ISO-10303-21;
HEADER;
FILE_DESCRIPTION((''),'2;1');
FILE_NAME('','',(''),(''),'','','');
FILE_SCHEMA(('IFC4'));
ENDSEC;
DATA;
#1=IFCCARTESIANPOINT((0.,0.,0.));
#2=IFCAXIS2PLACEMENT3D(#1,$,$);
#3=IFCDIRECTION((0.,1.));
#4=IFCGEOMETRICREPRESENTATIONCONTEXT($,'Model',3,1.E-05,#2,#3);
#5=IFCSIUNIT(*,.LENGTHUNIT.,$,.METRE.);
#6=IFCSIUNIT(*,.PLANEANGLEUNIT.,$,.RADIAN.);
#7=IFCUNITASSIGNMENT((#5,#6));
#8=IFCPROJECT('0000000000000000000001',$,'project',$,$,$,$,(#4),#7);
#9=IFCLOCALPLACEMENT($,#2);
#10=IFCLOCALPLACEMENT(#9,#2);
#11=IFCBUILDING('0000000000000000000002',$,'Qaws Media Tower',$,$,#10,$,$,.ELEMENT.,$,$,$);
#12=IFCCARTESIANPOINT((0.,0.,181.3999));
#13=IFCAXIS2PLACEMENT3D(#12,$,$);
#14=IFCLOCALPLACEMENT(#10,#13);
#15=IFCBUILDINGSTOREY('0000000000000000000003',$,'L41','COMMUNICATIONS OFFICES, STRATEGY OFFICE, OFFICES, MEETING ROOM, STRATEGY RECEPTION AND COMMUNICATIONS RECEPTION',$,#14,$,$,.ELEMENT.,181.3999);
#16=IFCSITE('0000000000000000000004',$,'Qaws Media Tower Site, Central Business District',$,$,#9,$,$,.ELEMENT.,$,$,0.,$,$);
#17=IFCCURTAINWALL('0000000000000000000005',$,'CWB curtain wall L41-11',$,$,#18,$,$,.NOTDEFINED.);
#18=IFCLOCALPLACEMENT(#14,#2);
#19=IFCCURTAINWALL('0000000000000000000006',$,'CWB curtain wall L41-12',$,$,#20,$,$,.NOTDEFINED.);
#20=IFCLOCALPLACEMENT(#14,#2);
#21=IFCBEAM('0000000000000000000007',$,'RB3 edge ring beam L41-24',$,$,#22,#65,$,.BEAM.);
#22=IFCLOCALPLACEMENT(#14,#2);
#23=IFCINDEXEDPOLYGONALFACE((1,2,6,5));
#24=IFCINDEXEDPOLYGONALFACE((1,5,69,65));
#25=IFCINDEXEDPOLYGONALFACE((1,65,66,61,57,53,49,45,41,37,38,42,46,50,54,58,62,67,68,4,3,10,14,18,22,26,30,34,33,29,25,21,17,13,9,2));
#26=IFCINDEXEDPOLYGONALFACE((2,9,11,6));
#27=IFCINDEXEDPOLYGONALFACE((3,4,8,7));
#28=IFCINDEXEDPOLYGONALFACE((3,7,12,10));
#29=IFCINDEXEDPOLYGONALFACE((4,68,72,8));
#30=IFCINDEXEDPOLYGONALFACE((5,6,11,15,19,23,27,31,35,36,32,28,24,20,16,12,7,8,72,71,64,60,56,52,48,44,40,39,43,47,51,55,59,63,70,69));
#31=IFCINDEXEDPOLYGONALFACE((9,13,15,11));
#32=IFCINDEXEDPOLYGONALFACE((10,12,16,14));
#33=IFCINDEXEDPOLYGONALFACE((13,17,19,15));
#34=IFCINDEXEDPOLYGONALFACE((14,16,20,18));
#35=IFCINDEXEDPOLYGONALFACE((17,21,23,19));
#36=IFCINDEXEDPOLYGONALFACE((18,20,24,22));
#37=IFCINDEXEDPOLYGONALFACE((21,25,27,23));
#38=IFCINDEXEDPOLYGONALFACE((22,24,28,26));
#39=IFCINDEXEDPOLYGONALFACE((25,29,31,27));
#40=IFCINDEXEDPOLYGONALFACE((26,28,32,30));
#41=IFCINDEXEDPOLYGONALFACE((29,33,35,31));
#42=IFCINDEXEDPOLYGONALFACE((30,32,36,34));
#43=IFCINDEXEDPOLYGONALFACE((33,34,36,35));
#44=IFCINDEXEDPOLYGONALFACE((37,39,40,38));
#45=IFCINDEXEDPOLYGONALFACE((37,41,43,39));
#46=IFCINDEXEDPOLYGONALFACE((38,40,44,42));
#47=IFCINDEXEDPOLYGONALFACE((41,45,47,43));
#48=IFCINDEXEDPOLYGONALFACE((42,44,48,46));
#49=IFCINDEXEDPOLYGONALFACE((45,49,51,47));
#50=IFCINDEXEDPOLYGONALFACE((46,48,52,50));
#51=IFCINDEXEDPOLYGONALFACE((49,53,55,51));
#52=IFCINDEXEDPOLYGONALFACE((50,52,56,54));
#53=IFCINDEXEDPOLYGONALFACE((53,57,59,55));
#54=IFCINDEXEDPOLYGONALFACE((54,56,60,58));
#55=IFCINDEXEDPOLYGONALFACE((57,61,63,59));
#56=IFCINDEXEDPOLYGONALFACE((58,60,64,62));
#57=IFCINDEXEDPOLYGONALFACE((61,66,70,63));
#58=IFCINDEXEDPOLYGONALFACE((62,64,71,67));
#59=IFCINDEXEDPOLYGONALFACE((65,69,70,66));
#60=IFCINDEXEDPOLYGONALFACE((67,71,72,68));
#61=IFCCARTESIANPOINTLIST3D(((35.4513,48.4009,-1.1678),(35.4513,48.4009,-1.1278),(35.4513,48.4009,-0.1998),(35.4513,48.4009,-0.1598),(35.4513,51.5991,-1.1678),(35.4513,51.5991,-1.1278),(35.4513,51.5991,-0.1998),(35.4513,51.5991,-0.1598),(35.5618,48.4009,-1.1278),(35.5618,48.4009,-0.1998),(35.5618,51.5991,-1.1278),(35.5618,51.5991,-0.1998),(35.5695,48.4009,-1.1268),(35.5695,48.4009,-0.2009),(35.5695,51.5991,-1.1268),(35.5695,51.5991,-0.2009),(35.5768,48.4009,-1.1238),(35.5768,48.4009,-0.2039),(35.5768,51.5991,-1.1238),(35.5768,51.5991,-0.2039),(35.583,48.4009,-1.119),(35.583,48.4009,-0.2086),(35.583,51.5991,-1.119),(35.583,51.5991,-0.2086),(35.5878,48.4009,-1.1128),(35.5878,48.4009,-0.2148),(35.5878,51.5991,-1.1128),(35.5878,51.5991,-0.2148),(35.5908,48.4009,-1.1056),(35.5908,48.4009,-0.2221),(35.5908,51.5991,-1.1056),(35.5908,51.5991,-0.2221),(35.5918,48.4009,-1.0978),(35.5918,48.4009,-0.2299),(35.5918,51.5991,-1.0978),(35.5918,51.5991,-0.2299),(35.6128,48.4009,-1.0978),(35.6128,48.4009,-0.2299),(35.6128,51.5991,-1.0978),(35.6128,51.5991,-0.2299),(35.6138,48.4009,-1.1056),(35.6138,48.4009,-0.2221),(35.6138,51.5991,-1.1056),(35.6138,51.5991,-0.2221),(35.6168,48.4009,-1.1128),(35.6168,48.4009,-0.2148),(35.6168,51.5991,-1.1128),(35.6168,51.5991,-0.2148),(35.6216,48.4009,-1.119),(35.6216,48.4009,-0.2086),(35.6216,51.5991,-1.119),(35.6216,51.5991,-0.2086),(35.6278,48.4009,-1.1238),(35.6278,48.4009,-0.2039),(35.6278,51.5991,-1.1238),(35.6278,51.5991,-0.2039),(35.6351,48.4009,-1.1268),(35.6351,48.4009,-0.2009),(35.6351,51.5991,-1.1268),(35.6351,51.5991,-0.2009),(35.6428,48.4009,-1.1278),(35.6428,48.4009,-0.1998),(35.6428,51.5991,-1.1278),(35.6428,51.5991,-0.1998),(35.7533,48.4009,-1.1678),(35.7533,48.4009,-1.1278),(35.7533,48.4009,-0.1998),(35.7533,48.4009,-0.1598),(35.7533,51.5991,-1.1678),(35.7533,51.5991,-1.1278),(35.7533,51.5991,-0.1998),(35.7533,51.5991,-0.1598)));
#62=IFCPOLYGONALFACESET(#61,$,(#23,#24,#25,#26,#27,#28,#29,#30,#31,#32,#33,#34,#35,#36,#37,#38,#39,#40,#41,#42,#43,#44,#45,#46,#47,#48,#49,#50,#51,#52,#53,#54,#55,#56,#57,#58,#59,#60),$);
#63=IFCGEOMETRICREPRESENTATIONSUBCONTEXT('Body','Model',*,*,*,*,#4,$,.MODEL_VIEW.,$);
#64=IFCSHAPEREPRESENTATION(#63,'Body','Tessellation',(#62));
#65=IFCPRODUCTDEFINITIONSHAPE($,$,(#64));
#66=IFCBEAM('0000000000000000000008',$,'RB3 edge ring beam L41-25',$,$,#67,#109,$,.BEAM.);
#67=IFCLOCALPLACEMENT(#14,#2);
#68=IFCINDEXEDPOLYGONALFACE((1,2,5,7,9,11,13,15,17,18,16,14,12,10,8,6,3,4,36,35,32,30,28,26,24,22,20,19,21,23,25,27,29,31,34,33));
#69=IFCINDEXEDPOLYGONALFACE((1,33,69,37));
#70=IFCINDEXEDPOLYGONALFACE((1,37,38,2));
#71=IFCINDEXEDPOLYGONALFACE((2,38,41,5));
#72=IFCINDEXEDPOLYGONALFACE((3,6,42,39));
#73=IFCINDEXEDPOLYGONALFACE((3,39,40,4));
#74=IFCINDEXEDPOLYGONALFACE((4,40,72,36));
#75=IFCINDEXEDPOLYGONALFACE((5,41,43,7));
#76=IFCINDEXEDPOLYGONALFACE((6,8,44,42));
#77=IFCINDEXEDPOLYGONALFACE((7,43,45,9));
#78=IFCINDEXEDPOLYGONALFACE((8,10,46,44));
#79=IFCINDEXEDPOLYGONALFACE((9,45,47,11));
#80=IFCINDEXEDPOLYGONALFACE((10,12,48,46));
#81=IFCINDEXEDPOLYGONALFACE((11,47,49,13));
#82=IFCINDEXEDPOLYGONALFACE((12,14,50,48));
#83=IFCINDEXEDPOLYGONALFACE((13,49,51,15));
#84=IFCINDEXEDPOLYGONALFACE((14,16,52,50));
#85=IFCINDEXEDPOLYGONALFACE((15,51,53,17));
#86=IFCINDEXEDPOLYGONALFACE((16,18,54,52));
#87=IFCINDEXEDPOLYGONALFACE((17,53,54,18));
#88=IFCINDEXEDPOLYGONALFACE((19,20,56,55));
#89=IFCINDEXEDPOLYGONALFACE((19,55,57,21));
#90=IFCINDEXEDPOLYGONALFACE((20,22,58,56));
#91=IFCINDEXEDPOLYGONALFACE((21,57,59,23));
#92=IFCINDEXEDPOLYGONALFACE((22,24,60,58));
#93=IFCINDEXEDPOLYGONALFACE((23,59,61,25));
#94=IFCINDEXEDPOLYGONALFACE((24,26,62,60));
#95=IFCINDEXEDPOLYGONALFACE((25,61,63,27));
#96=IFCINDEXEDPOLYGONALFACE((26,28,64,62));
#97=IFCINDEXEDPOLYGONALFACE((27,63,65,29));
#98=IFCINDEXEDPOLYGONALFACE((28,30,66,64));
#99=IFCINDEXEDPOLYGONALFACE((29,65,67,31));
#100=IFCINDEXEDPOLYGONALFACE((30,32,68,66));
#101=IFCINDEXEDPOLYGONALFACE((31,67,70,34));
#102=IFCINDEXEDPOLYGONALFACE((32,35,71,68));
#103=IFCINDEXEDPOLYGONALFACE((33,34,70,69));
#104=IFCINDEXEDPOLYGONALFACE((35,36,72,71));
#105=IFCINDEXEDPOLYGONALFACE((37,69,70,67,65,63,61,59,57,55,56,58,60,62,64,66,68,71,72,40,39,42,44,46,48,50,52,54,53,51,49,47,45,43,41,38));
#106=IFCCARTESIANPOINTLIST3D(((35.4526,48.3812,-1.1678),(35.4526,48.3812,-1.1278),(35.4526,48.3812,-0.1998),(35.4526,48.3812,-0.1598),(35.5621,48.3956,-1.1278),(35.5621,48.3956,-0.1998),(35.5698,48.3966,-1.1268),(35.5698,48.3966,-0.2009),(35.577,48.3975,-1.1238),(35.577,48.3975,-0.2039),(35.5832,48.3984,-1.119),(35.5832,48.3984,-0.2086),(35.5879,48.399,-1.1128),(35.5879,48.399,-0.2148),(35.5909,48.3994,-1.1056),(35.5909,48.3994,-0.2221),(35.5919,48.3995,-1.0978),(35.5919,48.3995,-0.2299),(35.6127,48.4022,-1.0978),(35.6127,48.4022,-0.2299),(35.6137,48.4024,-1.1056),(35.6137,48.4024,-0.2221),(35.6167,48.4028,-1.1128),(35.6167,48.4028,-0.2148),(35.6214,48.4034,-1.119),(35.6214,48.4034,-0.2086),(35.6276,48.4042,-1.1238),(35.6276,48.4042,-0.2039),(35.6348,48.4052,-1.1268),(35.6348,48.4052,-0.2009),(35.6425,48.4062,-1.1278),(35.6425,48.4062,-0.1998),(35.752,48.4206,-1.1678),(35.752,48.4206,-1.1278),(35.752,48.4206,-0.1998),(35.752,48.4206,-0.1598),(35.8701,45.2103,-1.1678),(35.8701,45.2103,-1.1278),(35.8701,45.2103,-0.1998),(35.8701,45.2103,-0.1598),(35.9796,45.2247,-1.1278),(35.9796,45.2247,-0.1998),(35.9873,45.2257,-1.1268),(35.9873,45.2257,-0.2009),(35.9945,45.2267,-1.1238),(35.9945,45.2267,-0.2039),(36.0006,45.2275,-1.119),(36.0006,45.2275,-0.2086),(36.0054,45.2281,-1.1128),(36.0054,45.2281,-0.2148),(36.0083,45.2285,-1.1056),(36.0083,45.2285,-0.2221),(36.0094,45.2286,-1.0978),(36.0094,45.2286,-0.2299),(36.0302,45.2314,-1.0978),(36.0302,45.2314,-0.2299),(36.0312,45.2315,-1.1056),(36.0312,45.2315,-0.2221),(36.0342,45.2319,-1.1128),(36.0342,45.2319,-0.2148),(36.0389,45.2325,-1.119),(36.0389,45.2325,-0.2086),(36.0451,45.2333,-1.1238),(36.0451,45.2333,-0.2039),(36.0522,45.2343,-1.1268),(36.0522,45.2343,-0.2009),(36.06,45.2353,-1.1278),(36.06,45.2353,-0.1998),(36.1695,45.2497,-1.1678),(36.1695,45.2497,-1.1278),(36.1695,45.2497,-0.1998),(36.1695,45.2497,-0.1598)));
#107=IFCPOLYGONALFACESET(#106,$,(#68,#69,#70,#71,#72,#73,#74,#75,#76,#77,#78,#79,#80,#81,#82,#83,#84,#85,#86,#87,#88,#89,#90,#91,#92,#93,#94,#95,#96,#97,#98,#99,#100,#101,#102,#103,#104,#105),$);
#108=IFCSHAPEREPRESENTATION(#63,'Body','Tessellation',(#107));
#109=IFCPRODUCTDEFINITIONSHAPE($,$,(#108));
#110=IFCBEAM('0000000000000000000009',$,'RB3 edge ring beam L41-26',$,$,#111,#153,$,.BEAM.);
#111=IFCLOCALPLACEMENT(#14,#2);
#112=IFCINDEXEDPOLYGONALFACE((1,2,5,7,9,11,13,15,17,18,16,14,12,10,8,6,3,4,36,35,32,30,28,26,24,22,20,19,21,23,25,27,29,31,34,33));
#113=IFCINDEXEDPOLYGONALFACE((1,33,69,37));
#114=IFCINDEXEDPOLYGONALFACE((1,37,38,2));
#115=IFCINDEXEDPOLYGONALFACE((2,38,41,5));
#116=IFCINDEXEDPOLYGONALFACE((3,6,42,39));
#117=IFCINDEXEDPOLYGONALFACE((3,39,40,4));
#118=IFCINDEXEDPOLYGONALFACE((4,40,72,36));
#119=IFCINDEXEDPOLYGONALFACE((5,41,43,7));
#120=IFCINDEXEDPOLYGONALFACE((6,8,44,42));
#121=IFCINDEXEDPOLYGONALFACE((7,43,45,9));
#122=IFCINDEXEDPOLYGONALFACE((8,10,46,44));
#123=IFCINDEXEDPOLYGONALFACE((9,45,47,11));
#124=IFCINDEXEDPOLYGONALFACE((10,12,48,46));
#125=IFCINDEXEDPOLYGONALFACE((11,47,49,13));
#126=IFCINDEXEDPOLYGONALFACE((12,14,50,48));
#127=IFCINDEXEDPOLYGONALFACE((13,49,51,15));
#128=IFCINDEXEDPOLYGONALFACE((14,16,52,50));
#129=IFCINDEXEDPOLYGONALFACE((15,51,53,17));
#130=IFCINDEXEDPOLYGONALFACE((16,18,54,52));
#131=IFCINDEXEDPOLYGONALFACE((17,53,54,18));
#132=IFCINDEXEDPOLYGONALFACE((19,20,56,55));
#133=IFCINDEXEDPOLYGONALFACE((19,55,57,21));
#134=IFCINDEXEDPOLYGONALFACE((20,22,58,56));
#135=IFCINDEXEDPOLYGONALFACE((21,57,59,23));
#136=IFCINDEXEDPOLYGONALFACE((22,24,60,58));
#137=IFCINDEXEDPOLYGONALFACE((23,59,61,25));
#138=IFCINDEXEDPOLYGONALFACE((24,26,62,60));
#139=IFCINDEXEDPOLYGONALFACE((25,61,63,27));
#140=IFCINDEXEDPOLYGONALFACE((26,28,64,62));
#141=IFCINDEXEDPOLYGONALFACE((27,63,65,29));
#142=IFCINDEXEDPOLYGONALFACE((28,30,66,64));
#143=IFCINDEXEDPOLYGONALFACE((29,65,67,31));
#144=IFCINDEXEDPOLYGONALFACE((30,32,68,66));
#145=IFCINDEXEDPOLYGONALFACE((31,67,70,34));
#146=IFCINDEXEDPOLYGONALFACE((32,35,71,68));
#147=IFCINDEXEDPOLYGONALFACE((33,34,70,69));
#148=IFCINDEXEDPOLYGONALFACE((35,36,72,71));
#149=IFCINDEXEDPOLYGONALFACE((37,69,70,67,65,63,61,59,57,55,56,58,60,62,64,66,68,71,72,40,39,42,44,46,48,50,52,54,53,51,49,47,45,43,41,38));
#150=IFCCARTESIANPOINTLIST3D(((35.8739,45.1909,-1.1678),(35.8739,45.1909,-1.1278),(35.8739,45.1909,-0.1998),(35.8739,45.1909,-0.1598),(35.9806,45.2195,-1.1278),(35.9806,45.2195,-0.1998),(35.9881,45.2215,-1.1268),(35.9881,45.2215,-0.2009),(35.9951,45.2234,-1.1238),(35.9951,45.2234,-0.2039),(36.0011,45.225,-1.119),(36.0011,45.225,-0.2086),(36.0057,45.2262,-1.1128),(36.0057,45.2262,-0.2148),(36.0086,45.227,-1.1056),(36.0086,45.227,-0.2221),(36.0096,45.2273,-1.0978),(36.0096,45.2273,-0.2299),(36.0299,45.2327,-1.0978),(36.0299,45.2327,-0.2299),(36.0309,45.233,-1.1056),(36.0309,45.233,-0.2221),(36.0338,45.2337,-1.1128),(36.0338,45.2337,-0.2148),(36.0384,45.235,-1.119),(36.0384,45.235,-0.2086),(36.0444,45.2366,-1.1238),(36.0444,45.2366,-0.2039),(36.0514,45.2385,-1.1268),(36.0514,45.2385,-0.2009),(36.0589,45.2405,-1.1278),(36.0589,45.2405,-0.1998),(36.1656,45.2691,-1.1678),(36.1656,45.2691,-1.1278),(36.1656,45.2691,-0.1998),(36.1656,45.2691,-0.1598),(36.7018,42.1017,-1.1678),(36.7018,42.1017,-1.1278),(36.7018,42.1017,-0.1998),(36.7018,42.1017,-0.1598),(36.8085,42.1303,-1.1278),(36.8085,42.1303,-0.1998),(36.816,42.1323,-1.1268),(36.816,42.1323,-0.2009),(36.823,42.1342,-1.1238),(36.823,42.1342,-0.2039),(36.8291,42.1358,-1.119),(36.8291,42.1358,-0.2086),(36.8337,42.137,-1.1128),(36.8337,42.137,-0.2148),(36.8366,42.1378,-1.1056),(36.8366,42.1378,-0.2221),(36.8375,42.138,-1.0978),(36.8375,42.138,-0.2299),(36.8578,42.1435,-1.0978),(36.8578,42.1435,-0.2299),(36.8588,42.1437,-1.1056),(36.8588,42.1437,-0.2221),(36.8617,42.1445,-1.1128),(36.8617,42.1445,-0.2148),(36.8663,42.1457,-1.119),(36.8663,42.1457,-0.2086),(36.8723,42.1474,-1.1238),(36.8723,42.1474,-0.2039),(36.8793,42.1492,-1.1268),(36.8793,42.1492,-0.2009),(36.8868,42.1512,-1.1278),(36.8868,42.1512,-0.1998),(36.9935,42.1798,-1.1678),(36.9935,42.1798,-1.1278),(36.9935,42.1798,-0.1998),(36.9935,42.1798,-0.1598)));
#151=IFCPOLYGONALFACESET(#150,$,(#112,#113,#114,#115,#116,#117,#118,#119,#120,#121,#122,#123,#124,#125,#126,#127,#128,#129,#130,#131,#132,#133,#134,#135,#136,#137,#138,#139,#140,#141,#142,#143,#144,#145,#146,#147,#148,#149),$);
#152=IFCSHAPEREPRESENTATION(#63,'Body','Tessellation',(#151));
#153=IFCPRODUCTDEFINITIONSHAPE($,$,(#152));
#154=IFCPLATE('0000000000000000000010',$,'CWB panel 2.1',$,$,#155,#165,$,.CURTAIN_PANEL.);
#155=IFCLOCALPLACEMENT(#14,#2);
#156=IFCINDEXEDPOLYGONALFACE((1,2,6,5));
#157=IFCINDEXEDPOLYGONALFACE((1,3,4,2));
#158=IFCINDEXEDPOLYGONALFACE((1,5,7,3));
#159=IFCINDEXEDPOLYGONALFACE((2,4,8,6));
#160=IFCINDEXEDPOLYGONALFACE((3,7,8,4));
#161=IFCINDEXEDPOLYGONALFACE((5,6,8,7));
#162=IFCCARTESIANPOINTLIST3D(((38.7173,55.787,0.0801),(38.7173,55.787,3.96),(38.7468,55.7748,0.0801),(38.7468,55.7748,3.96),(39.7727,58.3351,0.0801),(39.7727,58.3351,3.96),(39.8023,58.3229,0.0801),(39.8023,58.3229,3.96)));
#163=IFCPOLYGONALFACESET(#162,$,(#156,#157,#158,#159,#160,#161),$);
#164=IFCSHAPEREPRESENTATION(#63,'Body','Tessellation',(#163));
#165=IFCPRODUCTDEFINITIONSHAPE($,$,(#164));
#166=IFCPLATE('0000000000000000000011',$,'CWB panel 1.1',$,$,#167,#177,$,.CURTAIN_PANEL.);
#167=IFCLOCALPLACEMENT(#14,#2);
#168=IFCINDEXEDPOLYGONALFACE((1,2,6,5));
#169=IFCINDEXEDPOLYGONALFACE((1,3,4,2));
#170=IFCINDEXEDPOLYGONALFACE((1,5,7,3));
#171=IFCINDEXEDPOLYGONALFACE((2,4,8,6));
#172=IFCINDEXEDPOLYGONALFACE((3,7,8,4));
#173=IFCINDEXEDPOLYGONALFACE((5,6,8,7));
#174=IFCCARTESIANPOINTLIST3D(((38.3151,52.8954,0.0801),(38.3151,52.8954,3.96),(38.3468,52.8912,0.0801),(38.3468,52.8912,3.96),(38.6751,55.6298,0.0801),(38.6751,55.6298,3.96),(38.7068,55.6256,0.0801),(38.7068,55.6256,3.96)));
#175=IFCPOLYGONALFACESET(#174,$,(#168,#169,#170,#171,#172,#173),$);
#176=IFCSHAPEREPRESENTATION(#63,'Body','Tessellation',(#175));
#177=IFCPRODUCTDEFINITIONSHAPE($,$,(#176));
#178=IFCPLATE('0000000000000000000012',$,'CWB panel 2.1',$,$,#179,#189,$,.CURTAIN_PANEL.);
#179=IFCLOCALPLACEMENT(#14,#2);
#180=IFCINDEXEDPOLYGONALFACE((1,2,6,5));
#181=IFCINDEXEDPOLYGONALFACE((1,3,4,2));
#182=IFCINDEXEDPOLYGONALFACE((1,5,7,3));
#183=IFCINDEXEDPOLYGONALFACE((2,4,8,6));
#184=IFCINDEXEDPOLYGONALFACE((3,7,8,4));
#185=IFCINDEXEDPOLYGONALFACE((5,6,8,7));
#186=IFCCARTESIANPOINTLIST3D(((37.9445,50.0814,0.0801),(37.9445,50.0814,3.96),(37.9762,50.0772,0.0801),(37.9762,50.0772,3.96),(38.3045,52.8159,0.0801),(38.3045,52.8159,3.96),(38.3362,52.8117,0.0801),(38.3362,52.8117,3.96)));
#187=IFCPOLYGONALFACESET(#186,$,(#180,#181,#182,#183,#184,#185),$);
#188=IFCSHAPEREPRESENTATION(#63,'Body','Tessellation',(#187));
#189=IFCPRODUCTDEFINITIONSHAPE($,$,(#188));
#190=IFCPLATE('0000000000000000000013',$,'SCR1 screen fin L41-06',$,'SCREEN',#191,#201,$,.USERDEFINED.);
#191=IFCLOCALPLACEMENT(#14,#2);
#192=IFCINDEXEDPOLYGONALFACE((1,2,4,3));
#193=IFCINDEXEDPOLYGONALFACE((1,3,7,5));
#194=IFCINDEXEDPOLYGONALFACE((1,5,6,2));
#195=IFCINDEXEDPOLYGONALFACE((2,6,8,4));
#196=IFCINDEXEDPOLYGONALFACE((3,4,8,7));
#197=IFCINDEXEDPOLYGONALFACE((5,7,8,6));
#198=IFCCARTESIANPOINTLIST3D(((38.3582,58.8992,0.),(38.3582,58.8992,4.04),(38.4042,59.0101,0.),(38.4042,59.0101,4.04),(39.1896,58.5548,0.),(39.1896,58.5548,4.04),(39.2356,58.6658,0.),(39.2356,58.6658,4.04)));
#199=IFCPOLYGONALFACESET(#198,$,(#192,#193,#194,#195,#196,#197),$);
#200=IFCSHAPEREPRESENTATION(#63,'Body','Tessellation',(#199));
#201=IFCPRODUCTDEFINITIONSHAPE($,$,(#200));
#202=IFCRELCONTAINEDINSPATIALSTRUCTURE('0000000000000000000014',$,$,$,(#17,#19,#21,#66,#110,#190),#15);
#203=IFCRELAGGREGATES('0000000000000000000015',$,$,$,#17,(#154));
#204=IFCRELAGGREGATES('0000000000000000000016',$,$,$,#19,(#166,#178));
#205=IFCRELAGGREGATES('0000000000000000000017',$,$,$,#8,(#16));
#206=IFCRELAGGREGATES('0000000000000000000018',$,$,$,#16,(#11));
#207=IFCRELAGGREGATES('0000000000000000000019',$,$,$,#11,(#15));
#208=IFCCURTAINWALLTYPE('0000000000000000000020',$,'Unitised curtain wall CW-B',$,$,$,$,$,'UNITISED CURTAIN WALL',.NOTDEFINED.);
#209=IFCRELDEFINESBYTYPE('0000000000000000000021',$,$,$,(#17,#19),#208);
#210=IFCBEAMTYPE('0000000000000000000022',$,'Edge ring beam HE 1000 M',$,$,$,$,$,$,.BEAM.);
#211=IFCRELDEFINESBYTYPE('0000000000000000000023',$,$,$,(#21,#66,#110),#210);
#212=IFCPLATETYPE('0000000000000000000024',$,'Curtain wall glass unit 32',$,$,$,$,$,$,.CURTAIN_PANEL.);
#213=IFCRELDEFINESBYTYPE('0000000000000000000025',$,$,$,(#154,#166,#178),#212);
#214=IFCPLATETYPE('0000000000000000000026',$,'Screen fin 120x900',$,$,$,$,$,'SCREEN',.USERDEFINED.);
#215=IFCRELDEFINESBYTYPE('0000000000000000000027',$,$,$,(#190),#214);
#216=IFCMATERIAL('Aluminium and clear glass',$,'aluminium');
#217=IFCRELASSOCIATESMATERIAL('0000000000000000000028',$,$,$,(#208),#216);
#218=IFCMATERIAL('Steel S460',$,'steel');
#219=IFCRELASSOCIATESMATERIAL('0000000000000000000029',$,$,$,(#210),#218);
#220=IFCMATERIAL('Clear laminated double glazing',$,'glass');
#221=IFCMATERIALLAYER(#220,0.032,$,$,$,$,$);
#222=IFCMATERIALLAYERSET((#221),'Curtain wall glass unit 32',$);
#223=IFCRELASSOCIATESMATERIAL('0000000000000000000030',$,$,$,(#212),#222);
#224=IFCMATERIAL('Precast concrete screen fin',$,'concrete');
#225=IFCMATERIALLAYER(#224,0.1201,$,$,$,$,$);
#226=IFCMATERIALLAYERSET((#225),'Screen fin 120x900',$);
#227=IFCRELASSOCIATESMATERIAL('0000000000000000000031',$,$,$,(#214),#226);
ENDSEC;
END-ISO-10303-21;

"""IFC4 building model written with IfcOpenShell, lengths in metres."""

from ifc_helpers import new_model, si_unit, direction, frame, origin, origin_2d, place, context, subcontext, project, spatial, rectangle, i_section, extrude, material, layer, layer_set, material_profile, profile_set, type_object, element, aggregate, save


model = new_model("IFC4")

# Units and contexts
model_context = context("Model", 3, precision=1e-05, world=origin(), true_north=direction((0.0, 1.0)))
body_context = subcontext(model_context, "Body", "Model", "MODEL_VIEW")
ifc_project = project(units=[si_unit("LENGTHUNIT", "METRE"), si_unit("PLANEANGLEUNIT", "RADIAN")], contexts=[model_context])

# Site, building, storey
site_placement = place(None, origin())
site = spatial("IfcSite", under=ifc_project, at=site_placement, Name="Qaws Media Tower Site, Central Business District", CompositionType="ELEMENT", RefElevation=0.0)
building_placement = place(site_placement, origin())
building = spatial("IfcBuilding", under=site, at=building_placement, Name="Qaws Media Tower", CompositionType="ELEMENT")
storey_placement = place(building_placement, frame((0.0, 0.0, 181.3999)))
storey = spatial("IfcBuildingStorey", under=building, at=storey_placement, Name="L41", Description="COMMUNICATIONS OFFICES, STRATEGY OFFICE, OFFICES, MEETING ROOM, STRATEGY RECEPTION AND COMMUNICATIONS RECEPTION", CompositionType="ELEMENT", Elevation=181.3999)

# Curtain walls
ifc_material_1 = material(Name="Aluminium and clear glass", Category="aluminium")
curtain_wall_type = type_object("IfcCurtainWallType", Name="Unitised curtain wall CW-B", ElementType="UNITISED CURTAIN WALL", PredefinedType="NOTDEFINED", material=ifc_material_1)
curtain_wall_1_placement = place(storey_placement, origin())
curtain_wall_1 = element("IfcCurtainWall", 1, at=curtain_wall_1_placement, inside=storey, type_object=curtain_wall_type, Name="CWB curtain wall L41-11", PredefinedType="NOTDEFINED")
curtain_wall_2_placement = place(storey_placement, origin())
curtain_wall_2 = element("IfcCurtainWall", 2, at=curtain_wall_2_placement, inside=storey, type_object=curtain_wall_type, Name="CWB curtain wall L41-12", PredefinedType="NOTDEFINED")

# Beams
ifc_material_2 = material(Name="Steel S460", Category="steel")
ifc_material_profile_1 = material_profile(ifc_material_2, i_section(OverallWidth=0.302, OverallDepth=1.0081, WebThickness=0.021, FlangeThickness=0.04, FilletRadius=0.03, at=origin_2d()), Name="HE 1000 M")
ifc_profile_set_1 = profile_set([ifc_material_profile_1], Name="Steel S460")
beam_type = type_object("IfcBeamType", Name="Edge ring beam HE 1000 M", PredefinedType="BEAM", material=ifc_profile_set_1)
for number, where, z_axis, x_axis, name in (
    (3, (35.6023, 51.5991, -0.6638), (0.0, -1.0, 0.0), (1.0, 0.0, 0.0), "RB3 edge ring beam L41-24"),
    (4, (35.6023, 48.4009, -0.6638), (0.130533, -0.991444, 0.0), (0.991444, 0.130533, 0.0), "RB3 edge ring beam L41-25"),
    (5, (36.0198, 45.23, -0.6638), (0.258865, -0.965914, 0.0), (0.965914, 0.258865, 0.0), "RB3 edge ring beam L41-26"),
):
    element("IfcBeam", number, at=place(storey_placement, frame(where, z_axis=z_axis, x_axis=x_axis)), inside=storey, type_object=beam_type, Name=name, PredefinedType="BEAM", context=body_context, shape_type="SweptSolid", body=[
        extrude(i_section(OverallWidth=0.302, OverallDepth=1.0081, WebThickness=0.021, FlangeThickness=0.04, FilletRadius=0.03, at=origin_2d()), origin(), (0.0, 0.0, 1.0), 3.1982),
    ])

# Plates
ifc_material_3 = material(Name="Clear laminated double glazing", Category="glass")
ifc_layer_1 = layer(ifc_material_3, 0.032)
ifc_layer_set_1 = layer_set([ifc_layer_1], Name="Curtain wall glass unit 32")
plate_type_1 = type_object("IfcPlateType", Name="Curtain wall glass unit 32", PredefinedType="CURTAIN_PANEL", material=ifc_layer_set_1)
plate_1_placement = place(storey_placement, frame((39.2598, 57.0549, 0.0801), z_axis=(0.0, 0.0, 1.0), x_axis=(-0.382683, -0.92388, 0.0)))
plate_1 = element("IfcPlate", 6, at=plate_1_placement, type_object=plate_type_1, Name="CWB panel 2.1", PredefinedType="CURTAIN_PANEL", context=body_context, shape_type="SweptSolid", body=[
    extrude(rectangle(XDim=2.7581, YDim=0.032, at=origin_2d()), origin(), (0.0, 0.0, 1.0), 3.8799),
])
aggregate(curtain_wall_1, [plate_1])
plate_2_placement = place(storey_placement, frame((38.511, 54.2605, 0.0801), z_axis=(0.0, 0.0, 1.0), x_axis=(-0.130526, -0.991445, 0.0)))
plate_2 = element("IfcPlate", 7, at=plate_2_placement, type_object=plate_type_1, Name="CWB panel 1.1", PredefinedType="CURTAIN_PANEL", context=body_context, shape_type="SweptSolid", body=[
    extrude(rectangle(XDim=2.7581, YDim=0.032, at=origin_2d()), origin(), (0.0, 0.0, 1.0), 3.8799),
])
plate_3_placement = place(storey_placement, frame((38.1404, 51.4465, 0.0801), z_axis=(0.0, 0.0, 1.0), x_axis=(-0.130526, -0.991445, 0.0)))
plate_3 = element("IfcPlate", 8, at=plate_3_placement, type_object=plate_type_1, Name="CWB panel 2.1", PredefinedType="CURTAIN_PANEL", context=body_context, shape_type="SweptSolid", body=[
    extrude(rectangle(XDim=2.7581, YDim=0.032, at=origin_2d()), origin(), (0.0, 0.0, 1.0), 3.8799),
])
aggregate(curtain_wall_2, [plate_2, plate_3])

# Plate
ifc_material_4 = material(Name="Precast concrete screen fin", Category="concrete")
ifc_layer_2 = layer(ifc_material_4, 0.1201)
ifc_layer_set_2 = layer_set([ifc_layer_2], Name="Screen fin 120x900")
plate_type_2 = type_object("IfcPlateType", Name="Screen fin 120x900", ElementType="SCREEN", PredefinedType="USERDEFINED", material=ifc_layer_set_2)
for number, where, z_axis, x_axis, name in (
    (9, (38.7969, 58.7825, 0.0), (0.0, 0.0, 1.0), (-0.92388, 0.382683, 0.0), "SCR1 screen fin L41-06"),
):
    element("IfcPlate", number, at=place(storey_placement, frame(where, z_axis=z_axis, x_axis=x_axis)), inside=storey, type_object=plate_type_2, Name=name, ObjectType="SCREEN", PredefinedType="USERDEFINED", context=body_context, shape_type="SweptSolid", body=[
        extrude(rectangle(XDim=0.8999, YDim=0.1201, at=origin_2d()), origin(), (0.0, 0.0, 1.0), 4.04),
    ])

save(model, "model.ifc")
